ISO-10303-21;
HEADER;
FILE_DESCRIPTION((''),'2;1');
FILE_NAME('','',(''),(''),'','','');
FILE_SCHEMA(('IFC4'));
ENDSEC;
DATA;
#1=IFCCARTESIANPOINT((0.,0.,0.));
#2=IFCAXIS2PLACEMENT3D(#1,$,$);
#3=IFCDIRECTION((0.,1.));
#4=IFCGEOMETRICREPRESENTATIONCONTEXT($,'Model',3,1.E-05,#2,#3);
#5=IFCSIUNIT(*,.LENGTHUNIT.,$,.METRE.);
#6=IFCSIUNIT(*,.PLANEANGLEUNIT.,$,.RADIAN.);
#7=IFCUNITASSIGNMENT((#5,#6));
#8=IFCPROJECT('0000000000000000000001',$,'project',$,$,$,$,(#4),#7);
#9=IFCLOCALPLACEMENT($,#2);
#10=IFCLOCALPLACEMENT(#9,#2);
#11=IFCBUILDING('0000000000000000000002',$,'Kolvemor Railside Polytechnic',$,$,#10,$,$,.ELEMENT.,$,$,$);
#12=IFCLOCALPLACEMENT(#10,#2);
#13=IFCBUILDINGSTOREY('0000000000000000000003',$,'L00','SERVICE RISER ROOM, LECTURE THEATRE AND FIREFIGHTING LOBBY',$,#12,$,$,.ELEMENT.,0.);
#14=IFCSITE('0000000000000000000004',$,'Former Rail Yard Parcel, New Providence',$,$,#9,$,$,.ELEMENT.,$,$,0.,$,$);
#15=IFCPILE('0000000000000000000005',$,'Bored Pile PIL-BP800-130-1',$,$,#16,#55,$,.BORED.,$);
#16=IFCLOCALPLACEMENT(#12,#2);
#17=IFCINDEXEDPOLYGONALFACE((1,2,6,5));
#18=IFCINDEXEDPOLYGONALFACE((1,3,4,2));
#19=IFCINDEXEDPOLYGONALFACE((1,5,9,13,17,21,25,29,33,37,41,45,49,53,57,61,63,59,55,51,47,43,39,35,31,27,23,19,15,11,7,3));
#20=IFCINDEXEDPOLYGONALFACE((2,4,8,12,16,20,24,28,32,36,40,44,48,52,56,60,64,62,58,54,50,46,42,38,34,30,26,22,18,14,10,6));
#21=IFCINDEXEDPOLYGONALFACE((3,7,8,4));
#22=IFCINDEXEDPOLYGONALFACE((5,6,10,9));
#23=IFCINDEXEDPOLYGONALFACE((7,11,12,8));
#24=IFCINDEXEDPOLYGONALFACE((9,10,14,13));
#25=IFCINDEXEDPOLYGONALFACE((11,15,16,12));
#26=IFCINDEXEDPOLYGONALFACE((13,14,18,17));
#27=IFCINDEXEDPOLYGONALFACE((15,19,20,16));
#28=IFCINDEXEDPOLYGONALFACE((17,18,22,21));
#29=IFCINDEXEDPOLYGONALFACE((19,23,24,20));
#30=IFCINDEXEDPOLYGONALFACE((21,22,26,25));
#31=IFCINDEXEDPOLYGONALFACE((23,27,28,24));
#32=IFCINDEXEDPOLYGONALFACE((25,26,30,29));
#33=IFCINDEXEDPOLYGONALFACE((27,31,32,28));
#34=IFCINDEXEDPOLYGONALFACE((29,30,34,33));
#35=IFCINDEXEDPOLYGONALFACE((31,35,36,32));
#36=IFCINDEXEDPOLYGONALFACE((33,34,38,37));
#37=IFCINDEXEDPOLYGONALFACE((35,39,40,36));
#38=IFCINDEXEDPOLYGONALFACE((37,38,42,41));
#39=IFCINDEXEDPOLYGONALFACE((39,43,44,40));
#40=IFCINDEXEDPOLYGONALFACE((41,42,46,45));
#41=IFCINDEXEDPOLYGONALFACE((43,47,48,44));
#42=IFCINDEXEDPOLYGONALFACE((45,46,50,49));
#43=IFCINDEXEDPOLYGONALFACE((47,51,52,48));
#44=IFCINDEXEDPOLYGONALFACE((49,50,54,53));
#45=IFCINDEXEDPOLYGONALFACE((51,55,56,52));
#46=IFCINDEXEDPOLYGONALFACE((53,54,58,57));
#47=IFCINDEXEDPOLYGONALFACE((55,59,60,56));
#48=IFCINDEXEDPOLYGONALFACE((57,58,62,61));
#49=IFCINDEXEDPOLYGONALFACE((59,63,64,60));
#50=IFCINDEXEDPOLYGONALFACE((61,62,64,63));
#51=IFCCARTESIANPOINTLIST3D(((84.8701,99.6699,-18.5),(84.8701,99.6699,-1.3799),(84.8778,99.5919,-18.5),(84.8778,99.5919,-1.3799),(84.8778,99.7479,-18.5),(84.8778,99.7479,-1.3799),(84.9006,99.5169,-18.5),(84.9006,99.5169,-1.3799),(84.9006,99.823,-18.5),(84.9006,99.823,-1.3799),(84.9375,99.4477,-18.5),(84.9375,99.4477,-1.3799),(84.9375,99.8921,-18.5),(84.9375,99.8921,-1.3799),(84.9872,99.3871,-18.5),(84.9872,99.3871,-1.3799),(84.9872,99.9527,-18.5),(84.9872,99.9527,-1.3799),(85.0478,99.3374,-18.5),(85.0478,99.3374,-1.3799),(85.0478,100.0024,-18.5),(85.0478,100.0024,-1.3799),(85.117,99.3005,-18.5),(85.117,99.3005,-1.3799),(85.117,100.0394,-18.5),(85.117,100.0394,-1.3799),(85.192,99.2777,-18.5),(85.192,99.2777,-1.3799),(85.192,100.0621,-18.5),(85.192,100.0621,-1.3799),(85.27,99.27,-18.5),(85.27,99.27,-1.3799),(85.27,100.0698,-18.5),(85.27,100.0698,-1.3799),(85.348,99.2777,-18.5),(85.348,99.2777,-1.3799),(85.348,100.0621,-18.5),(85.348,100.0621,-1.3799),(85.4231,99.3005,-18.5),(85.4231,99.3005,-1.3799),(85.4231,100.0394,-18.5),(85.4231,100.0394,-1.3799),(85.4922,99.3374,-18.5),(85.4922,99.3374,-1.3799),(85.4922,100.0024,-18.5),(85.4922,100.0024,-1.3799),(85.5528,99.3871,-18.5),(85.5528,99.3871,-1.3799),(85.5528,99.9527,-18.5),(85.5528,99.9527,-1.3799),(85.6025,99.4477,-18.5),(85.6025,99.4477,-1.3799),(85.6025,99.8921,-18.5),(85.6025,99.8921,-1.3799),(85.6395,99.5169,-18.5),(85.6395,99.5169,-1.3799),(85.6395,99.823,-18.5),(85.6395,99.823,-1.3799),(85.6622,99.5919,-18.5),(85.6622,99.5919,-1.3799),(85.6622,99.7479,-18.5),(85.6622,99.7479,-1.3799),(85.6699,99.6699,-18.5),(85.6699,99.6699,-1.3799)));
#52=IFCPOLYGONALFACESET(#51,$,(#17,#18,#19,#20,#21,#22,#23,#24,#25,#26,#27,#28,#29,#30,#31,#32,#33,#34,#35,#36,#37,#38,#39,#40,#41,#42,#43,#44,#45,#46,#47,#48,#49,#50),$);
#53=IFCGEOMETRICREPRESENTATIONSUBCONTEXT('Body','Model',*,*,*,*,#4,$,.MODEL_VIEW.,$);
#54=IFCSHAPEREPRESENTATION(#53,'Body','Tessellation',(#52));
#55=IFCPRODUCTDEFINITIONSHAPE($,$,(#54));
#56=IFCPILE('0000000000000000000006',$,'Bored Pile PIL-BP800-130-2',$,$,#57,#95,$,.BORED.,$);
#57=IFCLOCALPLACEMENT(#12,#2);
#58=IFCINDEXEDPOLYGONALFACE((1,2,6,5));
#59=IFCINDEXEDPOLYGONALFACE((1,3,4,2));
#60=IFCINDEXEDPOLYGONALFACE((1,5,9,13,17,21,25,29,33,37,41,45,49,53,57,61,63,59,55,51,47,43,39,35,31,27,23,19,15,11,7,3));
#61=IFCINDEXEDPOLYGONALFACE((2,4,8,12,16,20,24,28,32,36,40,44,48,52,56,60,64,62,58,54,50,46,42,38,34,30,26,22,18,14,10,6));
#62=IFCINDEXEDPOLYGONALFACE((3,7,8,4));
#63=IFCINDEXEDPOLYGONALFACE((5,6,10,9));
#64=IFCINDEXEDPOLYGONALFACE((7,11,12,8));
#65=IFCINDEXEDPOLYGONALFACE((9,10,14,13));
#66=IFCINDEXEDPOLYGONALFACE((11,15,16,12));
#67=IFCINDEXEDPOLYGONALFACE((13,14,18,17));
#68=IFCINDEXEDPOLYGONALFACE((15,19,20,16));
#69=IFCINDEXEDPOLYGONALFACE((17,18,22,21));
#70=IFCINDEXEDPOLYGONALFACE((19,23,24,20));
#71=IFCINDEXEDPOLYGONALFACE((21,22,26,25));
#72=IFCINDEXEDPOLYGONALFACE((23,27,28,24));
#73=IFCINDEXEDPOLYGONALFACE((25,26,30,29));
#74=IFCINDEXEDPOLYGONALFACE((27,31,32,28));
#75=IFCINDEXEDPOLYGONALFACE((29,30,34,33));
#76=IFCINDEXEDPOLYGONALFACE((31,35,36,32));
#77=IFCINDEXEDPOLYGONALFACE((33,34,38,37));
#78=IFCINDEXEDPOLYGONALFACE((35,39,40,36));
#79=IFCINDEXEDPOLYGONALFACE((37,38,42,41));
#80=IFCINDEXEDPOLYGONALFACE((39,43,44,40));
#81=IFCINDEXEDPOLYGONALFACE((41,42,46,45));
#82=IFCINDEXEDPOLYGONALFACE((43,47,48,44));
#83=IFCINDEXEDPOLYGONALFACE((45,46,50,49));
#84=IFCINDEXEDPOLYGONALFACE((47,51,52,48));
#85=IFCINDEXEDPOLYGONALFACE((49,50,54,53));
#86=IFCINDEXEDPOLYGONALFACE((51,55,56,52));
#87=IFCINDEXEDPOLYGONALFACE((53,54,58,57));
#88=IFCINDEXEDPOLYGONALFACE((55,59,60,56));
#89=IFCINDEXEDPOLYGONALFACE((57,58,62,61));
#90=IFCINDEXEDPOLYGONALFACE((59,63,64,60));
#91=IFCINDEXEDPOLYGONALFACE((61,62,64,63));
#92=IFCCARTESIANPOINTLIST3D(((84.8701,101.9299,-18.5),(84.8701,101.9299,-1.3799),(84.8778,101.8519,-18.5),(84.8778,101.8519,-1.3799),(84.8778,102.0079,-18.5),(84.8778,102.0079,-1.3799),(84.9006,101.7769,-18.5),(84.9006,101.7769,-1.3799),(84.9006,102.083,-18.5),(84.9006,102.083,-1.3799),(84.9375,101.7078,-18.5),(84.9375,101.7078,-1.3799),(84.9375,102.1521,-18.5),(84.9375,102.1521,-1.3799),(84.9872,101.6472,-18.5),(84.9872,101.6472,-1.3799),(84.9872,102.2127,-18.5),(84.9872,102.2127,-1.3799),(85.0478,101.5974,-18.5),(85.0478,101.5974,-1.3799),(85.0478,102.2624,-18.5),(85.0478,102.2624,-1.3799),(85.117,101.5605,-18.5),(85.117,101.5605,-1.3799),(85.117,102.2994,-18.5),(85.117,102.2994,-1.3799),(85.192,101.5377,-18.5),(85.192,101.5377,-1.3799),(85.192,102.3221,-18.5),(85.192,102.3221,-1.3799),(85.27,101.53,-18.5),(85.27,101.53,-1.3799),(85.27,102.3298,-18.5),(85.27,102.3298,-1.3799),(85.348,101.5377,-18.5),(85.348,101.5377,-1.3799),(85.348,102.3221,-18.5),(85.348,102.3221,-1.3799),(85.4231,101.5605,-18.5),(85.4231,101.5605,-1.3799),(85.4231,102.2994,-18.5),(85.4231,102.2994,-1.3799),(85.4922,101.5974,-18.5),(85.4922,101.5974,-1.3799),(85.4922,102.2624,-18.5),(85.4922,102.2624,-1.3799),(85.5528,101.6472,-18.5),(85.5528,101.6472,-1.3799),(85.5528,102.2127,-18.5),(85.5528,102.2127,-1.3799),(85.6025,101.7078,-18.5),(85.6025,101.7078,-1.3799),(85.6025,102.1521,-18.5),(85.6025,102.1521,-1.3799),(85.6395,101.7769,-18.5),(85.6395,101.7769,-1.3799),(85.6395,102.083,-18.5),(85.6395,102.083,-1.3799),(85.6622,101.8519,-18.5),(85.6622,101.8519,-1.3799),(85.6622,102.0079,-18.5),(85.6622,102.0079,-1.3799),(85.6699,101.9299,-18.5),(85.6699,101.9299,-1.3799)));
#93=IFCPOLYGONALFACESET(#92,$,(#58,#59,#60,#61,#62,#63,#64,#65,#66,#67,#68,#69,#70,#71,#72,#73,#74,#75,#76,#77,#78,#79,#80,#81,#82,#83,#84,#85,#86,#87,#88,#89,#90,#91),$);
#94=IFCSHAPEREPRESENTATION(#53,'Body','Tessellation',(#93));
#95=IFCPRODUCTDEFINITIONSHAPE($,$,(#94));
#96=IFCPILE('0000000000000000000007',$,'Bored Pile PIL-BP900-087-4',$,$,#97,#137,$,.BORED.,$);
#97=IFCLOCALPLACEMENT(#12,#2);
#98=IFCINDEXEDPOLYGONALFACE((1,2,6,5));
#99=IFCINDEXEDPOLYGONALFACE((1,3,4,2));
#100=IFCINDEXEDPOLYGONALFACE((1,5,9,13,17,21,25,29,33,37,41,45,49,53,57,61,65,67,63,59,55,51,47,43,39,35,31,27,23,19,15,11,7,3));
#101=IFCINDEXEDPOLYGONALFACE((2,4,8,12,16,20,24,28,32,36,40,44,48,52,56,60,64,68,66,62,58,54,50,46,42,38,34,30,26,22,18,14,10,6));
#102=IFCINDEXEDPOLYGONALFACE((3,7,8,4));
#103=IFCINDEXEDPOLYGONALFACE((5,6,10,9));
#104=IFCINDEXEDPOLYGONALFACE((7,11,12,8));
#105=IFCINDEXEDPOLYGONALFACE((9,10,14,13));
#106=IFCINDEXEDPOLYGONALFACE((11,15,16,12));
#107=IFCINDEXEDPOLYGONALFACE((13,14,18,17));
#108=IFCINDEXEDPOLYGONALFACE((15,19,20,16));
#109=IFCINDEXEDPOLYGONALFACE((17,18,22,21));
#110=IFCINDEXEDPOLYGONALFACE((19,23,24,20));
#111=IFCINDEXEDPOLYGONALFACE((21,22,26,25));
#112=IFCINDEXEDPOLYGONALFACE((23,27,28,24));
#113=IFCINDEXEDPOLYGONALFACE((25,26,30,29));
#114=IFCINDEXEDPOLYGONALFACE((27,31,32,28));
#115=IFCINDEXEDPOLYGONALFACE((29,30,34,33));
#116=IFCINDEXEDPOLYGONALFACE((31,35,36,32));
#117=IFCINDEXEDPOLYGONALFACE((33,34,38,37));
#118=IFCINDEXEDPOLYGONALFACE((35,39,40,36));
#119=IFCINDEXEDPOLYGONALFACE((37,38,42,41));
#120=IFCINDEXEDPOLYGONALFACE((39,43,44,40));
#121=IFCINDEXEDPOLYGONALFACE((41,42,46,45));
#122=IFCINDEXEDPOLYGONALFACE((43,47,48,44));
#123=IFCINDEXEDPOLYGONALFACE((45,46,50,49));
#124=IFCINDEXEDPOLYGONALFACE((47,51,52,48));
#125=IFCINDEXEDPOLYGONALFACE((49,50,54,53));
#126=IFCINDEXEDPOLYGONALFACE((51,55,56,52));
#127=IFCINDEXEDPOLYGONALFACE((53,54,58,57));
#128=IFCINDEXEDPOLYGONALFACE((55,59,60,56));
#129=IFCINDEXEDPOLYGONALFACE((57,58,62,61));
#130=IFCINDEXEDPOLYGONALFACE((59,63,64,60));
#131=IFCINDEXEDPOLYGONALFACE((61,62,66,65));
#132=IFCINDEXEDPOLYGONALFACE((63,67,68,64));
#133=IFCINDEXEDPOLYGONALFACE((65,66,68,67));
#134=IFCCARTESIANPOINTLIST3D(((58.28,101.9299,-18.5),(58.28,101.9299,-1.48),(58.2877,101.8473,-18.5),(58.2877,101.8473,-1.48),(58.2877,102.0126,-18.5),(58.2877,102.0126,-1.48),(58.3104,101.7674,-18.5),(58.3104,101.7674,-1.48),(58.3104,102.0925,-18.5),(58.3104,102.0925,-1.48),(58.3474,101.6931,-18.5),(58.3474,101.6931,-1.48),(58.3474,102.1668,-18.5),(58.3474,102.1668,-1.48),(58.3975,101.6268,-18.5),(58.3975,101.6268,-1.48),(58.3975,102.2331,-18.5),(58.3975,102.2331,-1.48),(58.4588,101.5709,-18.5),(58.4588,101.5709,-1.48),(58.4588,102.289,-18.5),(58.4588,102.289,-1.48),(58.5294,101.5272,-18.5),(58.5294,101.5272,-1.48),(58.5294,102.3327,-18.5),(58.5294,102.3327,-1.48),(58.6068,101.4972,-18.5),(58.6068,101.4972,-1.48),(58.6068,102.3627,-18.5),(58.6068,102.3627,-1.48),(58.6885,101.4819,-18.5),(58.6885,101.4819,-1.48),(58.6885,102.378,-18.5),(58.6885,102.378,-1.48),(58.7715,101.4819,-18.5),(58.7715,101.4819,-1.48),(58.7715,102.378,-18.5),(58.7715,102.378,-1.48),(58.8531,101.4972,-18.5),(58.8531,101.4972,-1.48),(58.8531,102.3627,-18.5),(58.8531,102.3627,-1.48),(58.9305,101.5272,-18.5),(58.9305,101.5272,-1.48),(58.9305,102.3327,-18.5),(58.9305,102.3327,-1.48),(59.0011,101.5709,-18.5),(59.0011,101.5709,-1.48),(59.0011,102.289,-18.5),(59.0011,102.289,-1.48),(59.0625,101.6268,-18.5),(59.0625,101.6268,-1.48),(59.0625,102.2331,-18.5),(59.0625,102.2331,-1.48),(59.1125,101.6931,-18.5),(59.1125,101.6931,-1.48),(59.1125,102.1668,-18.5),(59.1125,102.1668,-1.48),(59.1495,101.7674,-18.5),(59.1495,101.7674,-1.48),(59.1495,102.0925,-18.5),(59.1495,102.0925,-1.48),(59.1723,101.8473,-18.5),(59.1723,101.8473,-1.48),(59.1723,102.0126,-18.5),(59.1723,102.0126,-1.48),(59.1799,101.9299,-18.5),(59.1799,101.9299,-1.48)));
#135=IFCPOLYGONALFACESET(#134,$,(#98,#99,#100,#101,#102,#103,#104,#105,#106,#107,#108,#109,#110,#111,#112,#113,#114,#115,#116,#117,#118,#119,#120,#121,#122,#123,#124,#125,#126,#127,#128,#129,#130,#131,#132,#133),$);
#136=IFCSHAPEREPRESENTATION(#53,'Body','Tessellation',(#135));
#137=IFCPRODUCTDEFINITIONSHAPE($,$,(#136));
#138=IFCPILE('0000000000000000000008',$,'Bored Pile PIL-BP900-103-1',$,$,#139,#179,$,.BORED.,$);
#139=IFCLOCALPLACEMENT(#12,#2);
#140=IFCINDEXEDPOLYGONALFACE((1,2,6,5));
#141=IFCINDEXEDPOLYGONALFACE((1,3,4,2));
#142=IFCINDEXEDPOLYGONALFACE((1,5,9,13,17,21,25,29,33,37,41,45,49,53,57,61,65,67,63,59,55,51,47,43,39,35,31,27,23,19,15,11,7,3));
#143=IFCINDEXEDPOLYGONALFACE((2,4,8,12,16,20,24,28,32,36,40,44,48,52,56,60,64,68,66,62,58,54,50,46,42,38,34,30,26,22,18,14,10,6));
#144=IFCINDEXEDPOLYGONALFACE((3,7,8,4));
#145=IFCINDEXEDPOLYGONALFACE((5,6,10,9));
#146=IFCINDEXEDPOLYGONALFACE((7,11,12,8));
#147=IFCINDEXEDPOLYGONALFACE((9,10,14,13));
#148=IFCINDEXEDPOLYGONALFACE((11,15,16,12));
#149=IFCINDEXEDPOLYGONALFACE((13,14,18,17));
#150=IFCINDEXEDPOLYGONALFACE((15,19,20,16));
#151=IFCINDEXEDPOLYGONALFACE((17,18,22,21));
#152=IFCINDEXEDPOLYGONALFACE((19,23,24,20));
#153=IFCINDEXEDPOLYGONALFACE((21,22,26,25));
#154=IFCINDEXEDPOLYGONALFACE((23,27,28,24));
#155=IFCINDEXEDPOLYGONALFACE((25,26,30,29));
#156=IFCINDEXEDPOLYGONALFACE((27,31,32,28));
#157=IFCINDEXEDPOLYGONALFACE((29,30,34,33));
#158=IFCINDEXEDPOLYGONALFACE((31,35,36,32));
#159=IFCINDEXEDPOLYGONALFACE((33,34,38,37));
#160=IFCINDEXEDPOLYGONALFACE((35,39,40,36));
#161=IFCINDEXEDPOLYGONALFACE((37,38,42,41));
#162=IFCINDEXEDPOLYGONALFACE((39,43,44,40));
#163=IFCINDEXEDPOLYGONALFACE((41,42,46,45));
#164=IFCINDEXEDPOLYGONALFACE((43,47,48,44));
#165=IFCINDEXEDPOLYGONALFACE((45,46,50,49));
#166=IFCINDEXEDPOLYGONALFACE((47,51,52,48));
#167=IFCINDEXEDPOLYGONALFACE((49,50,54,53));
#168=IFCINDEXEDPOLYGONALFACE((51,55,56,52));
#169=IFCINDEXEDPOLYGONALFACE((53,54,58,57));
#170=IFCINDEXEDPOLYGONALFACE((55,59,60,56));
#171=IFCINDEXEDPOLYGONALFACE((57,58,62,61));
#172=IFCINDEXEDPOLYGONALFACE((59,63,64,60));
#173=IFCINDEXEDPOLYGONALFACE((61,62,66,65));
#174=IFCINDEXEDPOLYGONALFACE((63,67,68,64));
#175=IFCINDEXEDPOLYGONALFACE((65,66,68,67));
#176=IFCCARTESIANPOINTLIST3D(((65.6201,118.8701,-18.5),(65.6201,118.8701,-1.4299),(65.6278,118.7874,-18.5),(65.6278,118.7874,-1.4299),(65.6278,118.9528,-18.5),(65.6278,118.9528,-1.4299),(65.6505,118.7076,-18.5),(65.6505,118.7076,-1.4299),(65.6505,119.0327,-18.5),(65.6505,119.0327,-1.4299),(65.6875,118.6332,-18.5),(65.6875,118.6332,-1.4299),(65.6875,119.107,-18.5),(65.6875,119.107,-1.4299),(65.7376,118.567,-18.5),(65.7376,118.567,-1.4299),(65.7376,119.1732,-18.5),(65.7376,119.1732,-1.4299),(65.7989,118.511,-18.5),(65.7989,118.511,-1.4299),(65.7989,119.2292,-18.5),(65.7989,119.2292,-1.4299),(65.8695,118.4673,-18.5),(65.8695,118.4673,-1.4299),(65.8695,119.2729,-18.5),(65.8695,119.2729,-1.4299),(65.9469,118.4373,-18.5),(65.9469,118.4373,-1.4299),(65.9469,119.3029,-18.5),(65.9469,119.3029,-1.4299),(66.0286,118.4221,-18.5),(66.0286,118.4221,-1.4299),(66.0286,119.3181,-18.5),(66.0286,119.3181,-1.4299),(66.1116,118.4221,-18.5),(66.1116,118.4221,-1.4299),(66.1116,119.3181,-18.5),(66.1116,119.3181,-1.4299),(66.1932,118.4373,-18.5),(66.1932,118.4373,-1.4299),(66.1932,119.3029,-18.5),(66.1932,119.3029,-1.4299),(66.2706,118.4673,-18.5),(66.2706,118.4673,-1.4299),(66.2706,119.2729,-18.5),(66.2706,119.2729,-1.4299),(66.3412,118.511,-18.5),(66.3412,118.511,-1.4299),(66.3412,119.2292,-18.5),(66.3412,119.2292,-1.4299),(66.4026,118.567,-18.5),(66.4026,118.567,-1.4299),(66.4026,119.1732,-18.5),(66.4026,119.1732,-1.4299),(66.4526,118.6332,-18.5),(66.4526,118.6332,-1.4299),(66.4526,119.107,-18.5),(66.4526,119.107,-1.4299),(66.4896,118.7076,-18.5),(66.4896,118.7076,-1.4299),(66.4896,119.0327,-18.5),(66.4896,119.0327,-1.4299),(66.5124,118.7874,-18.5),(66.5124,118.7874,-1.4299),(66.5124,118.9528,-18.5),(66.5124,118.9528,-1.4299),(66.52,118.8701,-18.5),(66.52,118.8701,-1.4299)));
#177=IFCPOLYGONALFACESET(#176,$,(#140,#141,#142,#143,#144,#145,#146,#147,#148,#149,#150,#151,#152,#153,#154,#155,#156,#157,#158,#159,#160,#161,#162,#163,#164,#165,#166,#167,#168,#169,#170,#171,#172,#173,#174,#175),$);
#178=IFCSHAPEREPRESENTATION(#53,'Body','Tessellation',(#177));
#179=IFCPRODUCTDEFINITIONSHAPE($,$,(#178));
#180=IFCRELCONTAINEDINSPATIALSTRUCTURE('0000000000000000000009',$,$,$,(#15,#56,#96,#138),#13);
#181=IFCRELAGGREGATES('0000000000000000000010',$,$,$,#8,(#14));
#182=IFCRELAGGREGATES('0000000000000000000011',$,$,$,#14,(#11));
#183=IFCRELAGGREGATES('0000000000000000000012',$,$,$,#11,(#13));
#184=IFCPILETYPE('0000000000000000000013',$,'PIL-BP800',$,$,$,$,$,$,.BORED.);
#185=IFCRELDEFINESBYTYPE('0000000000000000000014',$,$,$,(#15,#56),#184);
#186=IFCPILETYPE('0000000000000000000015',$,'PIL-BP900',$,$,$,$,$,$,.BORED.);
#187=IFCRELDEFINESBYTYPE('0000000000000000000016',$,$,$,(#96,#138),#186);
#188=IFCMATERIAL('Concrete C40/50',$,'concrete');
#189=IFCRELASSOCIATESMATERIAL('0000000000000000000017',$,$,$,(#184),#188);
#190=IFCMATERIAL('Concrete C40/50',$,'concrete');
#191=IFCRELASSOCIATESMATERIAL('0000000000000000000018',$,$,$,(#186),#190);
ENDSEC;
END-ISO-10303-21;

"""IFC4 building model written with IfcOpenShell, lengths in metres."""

from ifc_helpers import new_model, si_unit, direction, frame, origin, origin_2d, place, context, subcontext, project, spatial, circle, extrude, material, material_profile, profile_set, type_object, element, save


model = new_model("IFC4")

# Units and contexts
model_context = context("Model", 3, precision=1e-05, world=origin(), true_north=direction((0.0, 1.0)))
body_context = subcontext(model_context, "Body", "Model", "MODEL_VIEW")
ifc_project = project(units=[si_unit("LENGTHUNIT", "METRE"), si_unit("PLANEANGLEUNIT", "RADIAN")], contexts=[model_context])

# Site, building, storey
site_placement = place(None, origin())
site = spatial("IfcSite", under=ifc_project, at=site_placement, Name="Former Rail Yard Parcel, New Providence", CompositionType="ELEMENT", RefElevation=0.0)
building_placement = place(site_placement, origin())
building = spatial("IfcBuilding", under=site, at=building_placement, Name="Kolvemor Railside Polytechnic", CompositionType="ELEMENT")
storey_placement = place(building_placement, origin())
storey = spatial("IfcBuildingStorey", under=building, at=storey_placement, Name="L00", Description="SERVICE RISER ROOM, LECTURE THEATRE AND FIREFIGHTING LOBBY", CompositionType="ELEMENT", Elevation=0.0)

# Piles
ifc_material_1 = material(Name="Concrete C40/50", Category="concrete")
ifc_material_profile_1 = material_profile(ifc_material_1, circle(Radius=0.3999, at=origin_2d()), Name="BP800")
ifc_profile_set_1 = profile_set([ifc_material_profile_1], Name="Concrete C40/50")
pile_type_1 = type_object("IfcPileType", Name="PIL-BP800", PredefinedType="BORED", material=ifc_profile_set_1)
for number, where, z_axis, x_axis, name in (
    (1, (85.27, 99.6699, -1.3799), (0.0, 0.0, -1.0), (1.0, 0.0, 0.0), "Bored Pile PIL-BP800-130-1"),
    (2, (85.27, 101.9299, -1.3799), (0.0, 0.0, -1.0), (1.0, 0.0, 0.0), "Bored Pile PIL-BP800-130-2"),
):
    element("IfcPile", number, at=place(storey_placement, frame(where, z_axis=z_axis, x_axis=x_axis)), inside=storey, type_object=pile_type_1, Name=name, PredefinedType="BORED", context=body_context, shape_type="SweptSolid", body=[
        extrude(circle(Radius=0.3999, at=origin_2d()), origin(), (0.0, 0.0, 1.0), 17.1201),
    ])
ifc_material_2 = material(Name="Concrete C40/50", Category="concrete")
ifc_material_profile_2 = material_profile(ifc_material_2, circle(Radius=0.45, at=origin_2d()), Name="BP900")
ifc_profile_set_2 = profile_set([ifc_material_profile_2], Name="Concrete C40/50")
pile_type_2 = type_object("IfcPileType", Name="PIL-BP900", PredefinedType="BORED", material=ifc_profile_set_2)
pile_1_placement = place(storey_placement, frame((58.73, 101.9299, -1.48), z_axis=(0.0, 0.0, -1.0), x_axis=(1.0, 0.0, 0.0)))
element("IfcPile", 3, at=pile_1_placement, inside=storey, type_object=pile_type_2, Name="Bored Pile PIL-BP900-087-4", PredefinedType="BORED", context=body_context, shape_type="SweptSolid", body=[
    extrude(circle(Radius=0.45, at=origin_2d()), origin(), (0.0, 0.0, 1.0), 17.02),
])
for number, where, z_axis, x_axis, name in (
    (4, (66.0701, 118.8701, -1.4299), (0.0, 0.0, -1.0), (1.0, 0.0, 0.0), "Bored Pile PIL-BP900-103-1"),
):
    element("IfcPile", number, at=place(storey_placement, frame(where, z_axis=z_axis, x_axis=x_axis)), inside=storey, type_object=pile_type_2, Name=name, PredefinedType="BORED", context=body_context, shape_type="SweptSolid", body=[
        extrude(circle(Radius=0.45, at=origin_2d()), origin(), (0.0, 0.0, 1.0), 17.0701),
    ])

save(model, "model.ifc")
